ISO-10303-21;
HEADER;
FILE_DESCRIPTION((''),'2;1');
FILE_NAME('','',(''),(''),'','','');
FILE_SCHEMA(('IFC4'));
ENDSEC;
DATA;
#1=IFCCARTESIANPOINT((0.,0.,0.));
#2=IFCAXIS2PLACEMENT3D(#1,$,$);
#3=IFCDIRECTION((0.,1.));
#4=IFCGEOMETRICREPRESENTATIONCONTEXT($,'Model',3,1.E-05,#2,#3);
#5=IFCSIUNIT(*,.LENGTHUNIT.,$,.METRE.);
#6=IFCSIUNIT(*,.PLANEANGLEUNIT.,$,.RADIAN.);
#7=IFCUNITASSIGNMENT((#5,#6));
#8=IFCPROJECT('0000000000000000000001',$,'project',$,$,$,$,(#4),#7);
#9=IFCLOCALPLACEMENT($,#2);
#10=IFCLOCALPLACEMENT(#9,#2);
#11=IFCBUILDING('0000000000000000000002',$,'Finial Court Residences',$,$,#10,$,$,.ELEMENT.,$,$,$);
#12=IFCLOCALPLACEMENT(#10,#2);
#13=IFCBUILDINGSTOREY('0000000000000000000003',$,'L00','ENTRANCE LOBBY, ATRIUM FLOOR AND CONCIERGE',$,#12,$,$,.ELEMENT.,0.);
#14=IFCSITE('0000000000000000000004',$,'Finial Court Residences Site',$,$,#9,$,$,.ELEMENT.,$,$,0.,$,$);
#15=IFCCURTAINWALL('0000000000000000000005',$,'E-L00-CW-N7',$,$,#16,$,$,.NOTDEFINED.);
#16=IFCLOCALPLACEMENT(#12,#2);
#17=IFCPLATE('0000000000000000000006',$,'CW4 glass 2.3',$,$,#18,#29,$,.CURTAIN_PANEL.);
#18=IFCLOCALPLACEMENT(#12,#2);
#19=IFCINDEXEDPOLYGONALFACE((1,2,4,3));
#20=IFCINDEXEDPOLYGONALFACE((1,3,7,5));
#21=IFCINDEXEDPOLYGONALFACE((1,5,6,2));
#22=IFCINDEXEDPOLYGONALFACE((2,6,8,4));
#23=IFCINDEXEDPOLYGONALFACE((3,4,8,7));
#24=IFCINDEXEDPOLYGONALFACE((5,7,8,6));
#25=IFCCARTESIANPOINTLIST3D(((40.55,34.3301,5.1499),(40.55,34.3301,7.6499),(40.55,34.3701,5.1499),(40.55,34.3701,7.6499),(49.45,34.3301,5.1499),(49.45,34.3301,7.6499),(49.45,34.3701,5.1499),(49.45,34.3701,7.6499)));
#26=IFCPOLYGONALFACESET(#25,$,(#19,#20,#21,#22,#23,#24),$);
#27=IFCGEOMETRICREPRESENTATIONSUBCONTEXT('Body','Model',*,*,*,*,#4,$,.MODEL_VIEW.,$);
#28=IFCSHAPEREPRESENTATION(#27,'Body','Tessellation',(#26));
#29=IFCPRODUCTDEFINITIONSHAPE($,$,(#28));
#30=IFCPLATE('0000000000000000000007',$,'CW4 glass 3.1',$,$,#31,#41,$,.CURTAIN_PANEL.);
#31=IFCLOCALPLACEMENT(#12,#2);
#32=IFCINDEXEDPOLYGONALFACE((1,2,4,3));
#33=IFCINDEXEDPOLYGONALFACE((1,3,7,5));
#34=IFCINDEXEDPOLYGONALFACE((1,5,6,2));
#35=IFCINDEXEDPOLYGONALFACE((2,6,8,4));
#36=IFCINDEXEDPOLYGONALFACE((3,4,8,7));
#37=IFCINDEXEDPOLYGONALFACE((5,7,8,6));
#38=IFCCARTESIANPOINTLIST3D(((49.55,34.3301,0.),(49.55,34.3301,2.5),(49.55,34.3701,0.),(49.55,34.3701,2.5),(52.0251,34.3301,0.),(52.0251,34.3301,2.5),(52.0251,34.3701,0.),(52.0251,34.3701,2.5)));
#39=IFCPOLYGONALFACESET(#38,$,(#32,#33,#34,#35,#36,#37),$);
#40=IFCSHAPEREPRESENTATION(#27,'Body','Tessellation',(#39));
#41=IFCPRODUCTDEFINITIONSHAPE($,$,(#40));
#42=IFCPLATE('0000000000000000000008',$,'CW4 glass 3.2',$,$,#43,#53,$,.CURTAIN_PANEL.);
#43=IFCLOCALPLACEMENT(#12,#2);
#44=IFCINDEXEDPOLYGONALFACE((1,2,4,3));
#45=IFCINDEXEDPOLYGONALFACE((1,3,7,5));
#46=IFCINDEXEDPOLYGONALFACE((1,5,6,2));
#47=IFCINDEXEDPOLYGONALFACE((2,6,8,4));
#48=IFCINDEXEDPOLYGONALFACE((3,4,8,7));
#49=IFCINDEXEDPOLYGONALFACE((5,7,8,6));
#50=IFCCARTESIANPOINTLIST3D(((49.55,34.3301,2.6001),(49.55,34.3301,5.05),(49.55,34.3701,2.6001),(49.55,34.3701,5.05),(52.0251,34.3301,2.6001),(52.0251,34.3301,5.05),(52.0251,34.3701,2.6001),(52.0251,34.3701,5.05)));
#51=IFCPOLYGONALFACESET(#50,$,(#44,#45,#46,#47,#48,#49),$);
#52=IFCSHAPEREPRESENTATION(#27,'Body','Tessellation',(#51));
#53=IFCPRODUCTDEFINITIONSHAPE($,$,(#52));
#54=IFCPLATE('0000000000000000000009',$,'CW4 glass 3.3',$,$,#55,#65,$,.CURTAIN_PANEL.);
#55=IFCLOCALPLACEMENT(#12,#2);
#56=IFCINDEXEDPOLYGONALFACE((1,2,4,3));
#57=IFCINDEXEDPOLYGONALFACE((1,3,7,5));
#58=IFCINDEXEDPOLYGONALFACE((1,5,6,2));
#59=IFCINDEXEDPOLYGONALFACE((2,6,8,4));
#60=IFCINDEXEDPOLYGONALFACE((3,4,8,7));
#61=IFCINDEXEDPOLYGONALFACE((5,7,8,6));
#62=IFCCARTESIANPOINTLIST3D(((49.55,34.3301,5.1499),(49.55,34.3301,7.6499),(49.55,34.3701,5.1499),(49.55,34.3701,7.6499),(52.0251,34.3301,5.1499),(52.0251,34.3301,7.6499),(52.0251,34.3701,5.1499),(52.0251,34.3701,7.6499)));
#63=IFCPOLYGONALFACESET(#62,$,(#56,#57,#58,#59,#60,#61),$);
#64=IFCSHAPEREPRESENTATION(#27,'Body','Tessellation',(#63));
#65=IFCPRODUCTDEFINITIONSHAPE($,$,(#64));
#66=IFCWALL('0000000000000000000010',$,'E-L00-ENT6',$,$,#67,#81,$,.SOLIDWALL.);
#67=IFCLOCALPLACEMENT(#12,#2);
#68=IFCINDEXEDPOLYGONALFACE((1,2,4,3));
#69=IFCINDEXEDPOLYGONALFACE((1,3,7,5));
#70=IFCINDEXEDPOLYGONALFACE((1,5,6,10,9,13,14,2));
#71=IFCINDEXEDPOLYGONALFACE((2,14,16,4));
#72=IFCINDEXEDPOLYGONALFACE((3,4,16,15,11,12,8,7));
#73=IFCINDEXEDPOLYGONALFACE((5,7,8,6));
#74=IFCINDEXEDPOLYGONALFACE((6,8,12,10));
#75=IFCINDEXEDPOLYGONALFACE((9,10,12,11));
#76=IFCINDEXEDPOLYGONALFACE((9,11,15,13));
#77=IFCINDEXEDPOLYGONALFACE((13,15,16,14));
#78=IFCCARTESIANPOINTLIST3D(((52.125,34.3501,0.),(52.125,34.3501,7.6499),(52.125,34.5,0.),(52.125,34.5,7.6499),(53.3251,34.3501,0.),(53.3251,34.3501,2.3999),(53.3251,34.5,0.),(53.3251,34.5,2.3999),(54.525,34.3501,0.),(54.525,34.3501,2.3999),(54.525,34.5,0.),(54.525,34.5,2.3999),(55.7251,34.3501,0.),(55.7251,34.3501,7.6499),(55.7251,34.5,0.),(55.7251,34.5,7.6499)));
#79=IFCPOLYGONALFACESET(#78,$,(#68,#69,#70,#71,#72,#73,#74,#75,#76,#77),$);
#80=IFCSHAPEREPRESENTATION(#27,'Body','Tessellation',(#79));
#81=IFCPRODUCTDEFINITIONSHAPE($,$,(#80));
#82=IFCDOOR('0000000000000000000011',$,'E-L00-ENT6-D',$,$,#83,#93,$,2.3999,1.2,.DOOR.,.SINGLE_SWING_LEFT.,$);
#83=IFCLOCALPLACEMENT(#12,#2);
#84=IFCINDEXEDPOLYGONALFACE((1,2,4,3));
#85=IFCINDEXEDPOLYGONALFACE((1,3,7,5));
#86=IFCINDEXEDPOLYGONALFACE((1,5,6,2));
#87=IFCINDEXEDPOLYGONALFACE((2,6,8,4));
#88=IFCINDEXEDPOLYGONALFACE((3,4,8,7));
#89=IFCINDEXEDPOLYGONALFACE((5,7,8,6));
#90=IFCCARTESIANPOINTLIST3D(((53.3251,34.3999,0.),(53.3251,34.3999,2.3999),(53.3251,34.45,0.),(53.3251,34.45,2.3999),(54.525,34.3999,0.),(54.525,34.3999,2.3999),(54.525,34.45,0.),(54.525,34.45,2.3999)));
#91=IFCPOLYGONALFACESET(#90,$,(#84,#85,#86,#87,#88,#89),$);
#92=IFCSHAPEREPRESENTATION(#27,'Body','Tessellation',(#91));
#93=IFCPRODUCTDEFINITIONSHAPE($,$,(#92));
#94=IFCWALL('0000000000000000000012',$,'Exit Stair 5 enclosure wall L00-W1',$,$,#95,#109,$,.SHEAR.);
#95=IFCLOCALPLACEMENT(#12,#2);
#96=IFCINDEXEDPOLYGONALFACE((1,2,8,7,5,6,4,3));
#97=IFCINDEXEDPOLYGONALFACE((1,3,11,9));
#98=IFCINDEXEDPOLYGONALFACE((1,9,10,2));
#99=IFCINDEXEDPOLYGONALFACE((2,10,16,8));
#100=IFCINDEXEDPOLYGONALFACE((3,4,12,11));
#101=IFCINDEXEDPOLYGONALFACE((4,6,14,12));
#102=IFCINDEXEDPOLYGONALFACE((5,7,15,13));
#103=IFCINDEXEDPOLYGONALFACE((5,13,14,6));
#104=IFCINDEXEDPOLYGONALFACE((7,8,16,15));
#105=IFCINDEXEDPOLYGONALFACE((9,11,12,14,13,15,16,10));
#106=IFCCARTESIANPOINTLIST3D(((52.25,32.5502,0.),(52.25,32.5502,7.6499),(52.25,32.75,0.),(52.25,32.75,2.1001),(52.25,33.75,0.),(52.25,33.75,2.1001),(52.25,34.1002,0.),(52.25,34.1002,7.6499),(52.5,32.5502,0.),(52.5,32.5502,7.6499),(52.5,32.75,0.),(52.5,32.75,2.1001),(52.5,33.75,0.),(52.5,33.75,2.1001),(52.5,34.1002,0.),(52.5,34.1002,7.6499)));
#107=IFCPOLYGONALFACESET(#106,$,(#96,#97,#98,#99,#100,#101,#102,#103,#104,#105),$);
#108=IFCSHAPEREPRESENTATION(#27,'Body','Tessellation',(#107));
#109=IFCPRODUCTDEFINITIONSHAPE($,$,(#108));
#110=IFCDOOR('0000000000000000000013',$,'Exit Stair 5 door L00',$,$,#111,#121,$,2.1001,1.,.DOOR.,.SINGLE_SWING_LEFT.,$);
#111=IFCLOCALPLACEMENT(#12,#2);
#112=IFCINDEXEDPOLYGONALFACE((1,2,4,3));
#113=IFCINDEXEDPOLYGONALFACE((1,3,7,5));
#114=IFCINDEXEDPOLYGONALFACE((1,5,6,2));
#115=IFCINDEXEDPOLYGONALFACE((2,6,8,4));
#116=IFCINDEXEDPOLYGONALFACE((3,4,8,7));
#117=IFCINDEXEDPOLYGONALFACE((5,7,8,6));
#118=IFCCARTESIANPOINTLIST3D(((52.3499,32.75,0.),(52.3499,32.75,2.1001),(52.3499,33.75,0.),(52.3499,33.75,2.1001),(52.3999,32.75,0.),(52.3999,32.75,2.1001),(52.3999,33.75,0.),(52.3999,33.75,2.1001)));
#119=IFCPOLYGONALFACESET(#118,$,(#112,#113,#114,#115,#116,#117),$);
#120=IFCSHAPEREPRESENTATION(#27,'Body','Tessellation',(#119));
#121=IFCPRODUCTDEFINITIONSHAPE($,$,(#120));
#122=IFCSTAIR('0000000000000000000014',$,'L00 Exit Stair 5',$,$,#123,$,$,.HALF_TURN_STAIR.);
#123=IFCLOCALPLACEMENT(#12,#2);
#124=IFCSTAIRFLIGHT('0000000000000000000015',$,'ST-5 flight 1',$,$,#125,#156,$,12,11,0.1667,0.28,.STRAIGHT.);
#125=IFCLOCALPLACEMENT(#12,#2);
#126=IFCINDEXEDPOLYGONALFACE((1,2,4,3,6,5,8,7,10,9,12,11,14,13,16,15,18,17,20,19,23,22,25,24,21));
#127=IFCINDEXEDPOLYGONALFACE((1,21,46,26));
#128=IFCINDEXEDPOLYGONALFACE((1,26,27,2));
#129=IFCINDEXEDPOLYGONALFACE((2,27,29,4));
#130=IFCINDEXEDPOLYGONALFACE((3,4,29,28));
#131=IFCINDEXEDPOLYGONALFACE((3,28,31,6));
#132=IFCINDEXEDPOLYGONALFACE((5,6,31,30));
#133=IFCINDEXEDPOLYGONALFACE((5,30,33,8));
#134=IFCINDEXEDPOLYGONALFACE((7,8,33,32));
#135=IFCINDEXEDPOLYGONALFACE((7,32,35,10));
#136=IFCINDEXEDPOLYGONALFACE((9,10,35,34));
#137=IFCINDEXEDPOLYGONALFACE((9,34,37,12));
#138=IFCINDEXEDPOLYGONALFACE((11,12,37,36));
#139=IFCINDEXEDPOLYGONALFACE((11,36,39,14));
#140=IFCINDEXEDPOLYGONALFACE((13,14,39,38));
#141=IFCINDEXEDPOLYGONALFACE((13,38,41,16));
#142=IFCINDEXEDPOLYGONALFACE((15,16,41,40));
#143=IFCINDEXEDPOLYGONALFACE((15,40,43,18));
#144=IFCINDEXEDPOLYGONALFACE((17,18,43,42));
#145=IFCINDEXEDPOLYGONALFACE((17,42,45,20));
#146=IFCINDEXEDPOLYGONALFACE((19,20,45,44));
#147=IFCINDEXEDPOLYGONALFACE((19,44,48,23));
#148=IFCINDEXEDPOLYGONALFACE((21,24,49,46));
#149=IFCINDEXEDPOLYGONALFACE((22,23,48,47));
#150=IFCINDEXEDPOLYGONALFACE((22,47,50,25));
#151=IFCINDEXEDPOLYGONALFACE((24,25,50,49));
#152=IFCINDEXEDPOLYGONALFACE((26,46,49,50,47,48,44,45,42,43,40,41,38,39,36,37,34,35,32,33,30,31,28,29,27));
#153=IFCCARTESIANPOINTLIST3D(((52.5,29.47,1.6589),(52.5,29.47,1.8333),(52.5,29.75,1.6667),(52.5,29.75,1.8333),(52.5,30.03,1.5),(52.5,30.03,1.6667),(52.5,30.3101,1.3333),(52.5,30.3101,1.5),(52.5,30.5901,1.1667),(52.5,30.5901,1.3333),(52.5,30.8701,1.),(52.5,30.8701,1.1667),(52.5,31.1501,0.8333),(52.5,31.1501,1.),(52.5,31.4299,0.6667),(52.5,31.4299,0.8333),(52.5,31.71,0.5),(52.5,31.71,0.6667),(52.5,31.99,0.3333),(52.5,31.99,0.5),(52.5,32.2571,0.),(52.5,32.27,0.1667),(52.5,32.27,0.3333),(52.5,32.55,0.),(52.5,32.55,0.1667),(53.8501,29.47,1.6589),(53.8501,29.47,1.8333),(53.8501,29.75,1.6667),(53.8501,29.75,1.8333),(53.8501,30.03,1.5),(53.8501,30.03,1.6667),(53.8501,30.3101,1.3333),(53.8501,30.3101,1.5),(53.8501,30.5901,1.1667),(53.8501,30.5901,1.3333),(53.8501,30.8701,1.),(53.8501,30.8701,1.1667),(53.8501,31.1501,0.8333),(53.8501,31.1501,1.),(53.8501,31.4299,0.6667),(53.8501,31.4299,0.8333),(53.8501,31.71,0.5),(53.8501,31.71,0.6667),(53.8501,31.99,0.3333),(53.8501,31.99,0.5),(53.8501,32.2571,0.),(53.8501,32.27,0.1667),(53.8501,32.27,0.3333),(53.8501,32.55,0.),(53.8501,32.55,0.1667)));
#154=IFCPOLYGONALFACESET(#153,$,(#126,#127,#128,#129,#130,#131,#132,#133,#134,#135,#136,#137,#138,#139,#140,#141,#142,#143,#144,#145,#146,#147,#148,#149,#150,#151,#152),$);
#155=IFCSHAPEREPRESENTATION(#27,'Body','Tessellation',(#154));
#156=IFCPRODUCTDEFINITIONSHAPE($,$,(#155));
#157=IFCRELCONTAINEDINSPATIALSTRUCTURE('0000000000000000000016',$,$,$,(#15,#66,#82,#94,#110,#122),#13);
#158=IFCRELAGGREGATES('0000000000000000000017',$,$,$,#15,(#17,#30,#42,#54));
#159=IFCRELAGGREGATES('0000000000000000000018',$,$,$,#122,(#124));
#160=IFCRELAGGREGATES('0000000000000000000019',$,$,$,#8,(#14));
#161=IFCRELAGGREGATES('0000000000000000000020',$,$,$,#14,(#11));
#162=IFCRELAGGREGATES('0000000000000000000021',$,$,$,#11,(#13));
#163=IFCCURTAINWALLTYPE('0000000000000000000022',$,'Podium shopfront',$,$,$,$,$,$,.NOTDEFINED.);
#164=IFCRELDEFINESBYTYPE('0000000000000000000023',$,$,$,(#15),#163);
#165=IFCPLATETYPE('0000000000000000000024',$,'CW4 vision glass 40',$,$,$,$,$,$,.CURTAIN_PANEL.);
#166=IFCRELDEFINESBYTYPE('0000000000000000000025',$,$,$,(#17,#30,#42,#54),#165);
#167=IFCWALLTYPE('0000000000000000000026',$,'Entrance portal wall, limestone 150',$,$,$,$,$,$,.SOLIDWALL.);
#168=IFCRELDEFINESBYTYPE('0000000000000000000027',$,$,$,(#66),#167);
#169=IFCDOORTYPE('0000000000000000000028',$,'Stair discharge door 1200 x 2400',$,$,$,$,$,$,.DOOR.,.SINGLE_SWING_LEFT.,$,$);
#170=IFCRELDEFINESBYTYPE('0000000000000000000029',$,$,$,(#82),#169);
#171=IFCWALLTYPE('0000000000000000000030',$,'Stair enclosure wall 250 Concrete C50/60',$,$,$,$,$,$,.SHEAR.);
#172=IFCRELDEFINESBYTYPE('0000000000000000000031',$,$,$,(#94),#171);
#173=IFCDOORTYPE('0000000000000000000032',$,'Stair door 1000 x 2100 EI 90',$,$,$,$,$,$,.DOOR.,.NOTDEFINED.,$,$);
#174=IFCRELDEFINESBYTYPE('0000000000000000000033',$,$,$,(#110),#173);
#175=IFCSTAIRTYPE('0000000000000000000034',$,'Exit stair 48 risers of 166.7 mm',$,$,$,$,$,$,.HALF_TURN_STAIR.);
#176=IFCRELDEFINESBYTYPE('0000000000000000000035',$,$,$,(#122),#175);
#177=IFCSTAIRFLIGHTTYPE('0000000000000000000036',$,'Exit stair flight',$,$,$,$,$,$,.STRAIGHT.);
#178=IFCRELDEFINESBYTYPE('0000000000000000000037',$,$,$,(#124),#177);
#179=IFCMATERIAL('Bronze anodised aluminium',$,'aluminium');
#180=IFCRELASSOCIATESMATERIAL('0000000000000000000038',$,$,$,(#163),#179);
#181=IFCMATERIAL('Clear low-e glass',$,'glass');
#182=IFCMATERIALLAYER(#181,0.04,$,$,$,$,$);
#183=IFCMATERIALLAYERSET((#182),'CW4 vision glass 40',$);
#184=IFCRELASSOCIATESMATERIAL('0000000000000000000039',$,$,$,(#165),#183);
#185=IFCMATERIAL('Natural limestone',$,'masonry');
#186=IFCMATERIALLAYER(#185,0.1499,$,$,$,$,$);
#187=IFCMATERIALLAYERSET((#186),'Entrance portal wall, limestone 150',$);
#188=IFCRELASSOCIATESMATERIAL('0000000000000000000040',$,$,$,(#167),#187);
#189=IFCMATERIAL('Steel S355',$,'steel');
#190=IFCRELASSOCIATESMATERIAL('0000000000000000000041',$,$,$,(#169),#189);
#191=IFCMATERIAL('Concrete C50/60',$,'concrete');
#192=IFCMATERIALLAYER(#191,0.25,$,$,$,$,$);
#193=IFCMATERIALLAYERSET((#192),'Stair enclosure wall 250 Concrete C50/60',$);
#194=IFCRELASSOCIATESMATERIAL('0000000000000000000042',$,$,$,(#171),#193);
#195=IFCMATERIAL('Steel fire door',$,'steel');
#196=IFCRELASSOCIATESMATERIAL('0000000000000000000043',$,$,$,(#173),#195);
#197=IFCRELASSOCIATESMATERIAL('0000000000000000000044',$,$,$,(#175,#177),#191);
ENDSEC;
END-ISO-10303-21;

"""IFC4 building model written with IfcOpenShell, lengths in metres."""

from ifc_helpers import new_model, si_unit, direction, frame, frame_2d, origin, origin_2d, place, context, subcontext, project, spatial, polyline, rectangle, outline, extrude, material, layer, layer_set, type_object, element, fill, aggregate, save


model = new_model("IFC4")

# Units and contexts
model_context = context("Model", 3, precision=1e-05, world=origin(), true_north=direction((0.0, 1.0)))
body_context = subcontext(model_context, "Body", "Model", "MODEL_VIEW")
ifc_project = project(units=[si_unit("LENGTHUNIT", "METRE"), si_unit("PLANEANGLEUNIT", "RADIAN")], contexts=[model_context])

# Site, building, storey
site_placement = place(None, origin())
site = spatial("IfcSite", under=ifc_project, at=site_placement, Name="Finial Court Residences Site", CompositionType="ELEMENT", RefElevation=0.0)
building_placement = place(site_placement, origin())
building = spatial("IfcBuilding", under=site, at=building_placement, Name="Finial Court Residences", CompositionType="ELEMENT")
storey_placement = place(building_placement, origin())
storey = spatial("IfcBuildingStorey", under=building, at=storey_placement, Name="L00", Description="ENTRANCE LOBBY, ATRIUM FLOOR AND CONCIERGE", CompositionType="ELEMENT", Elevation=0.0)

# Curtain wall, plates
ifc_material_1 = material(Name="Bronze anodised aluminium", Category="aluminium")
curtain_wall_type = type_object("IfcCurtainWallType", Name="Podium shopfront", PredefinedType="NOTDEFINED", material=ifc_material_1)
curtain_wall_placement = place(storey_placement, origin())
curtain_wall = element("IfcCurtainWall", 1, at=curtain_wall_placement, inside=storey, type_object=curtain_wall_type, Name="E-L00-CW-N7", PredefinedType="NOTDEFINED")
ifc_material_2 = material(Name="Clear low-e glass", Category="glass")
ifc_layer_1 = layer(ifc_material_2, 0.04)
ifc_layer_set_1 = layer_set([ifc_layer_1], Name="CW4 vision glass 40")
plate_type = type_object("IfcPlateType", Name="CW4 vision glass 40", PredefinedType="CURTAIN_PANEL", material=ifc_layer_set_1)
plate_1_placement = place(storey_placement, frame((45.0, 34.3501, 5.1499), z_axis=(0.0, 0.0, 1.0), x_axis=(1.0, 0.0, 0.0)))
plate_1 = element("IfcPlate", 2, at=plate_1_placement, type_object=plate_type, Name="CW4 glass 2.3", PredefinedType="CURTAIN_PANEL", context=body_context, shape_type="SweptSolid", body=[
    extrude(rectangle(XDim=8.8999, YDim=0.04, at=origin_2d()), origin(), (0.0, 0.0, 1.0), 2.5),
])
plate_2_placement = place(storey_placement, frame((50.7876, 34.3501, 0.0), z_axis=(0.0, 0.0, 1.0), x_axis=(1.0, 0.0, 0.0)))
plate_2 = element("IfcPlate", 3, at=plate_2_placement, type_object=plate_type, Name="CW4 glass 3.1", PredefinedType="CURTAIN_PANEL", context=body_context, shape_type="SweptSolid", body=[
    extrude(rectangle(XDim=2.4751, YDim=0.04, at=origin_2d()), origin(), (0.0, 0.0, 1.0), 2.5),
])
plate_3_placement = place(storey_placement, frame((50.7876, 34.3501, 2.6001), z_axis=(0.0, 0.0, 1.0), x_axis=(1.0, 0.0, 0.0)))
plate_3 = element("IfcPlate", 4, at=plate_3_placement, type_object=plate_type, Name="CW4 glass 3.2", PredefinedType="CURTAIN_PANEL", context=body_context, shape_type="SweptSolid", body=[
    extrude(rectangle(XDim=2.4751, YDim=0.04, at=origin_2d()), origin(), (0.0, 0.0, 1.0), 2.45),
])
plate_4_placement = place(storey_placement, frame((50.7876, 34.3501, 5.1499), z_axis=(0.0, 0.0, 1.0), x_axis=(1.0, 0.0, 0.0)))
plate_4 = element("IfcPlate", 5, at=plate_4_placement, type_object=plate_type, Name="CW4 glass 3.3", PredefinedType="CURTAIN_PANEL", context=body_context, shape_type="SweptSolid", body=[
    extrude(rectangle(XDim=2.4751, YDim=0.04, at=origin_2d()), origin(), (0.0, 0.0, 1.0), 2.5),
])
aggregate(curtain_wall, [plate_1, plate_2, plate_3, plate_4])

# Walls, openings, doors
ifc_material_3 = material(Name="Natural limestone", Category="masonry")
ifc_layer_2 = layer(ifc_material_3, 0.1499)
ifc_layer_set_2 = layer_set([ifc_layer_2], Name="Entrance portal wall, limestone 150")
wall_type_1 = type_object("IfcWallType", Name="Entrance portal wall, limestone 150", PredefinedType="SOLIDWALL", material=ifc_layer_set_2)
wall_1_placement = place(storey_placement, frame((52.125, 34.425, 0.0), z_axis=(0.0, 0.0, 1.0), x_axis=(1.0, 0.0, 0.0)))
wall_1 = element("IfcWall", 6, at=wall_1_placement, inside=storey, type_object=wall_type_1, Name="E-L00-ENT6", PredefinedType="SOLIDWALL", context=body_context, shape_type="SweptSolid", body=[
    extrude(rectangle(XDim=3.6001, YDim=0.1499, at=frame_2d((1.8, 0.0))), origin(), (0.0, 0.0, 1.0), 7.6499),
])
opening_1_placement = place(wall_1_placement, frame((1.2, 0.0, 0.0)))
opening_1 = element("IfcOpeningElement", 7, at=opening_1_placement, cuts=wall_1, PredefinedType="OPENING", context=body_context, shape_type="SweptSolid", body=[
    extrude(rectangle(XDim=1.2, YDim=2.3999, at=frame_2d((0.6001, 1.2))), frame((0.0, 0.085, 0.0), z_axis=(0.0, -1.0, 0.0), x_axis=(1.0, 0.0, 0.0)), (0.0, 0.0, 1.0), 0.1699),
])
ifc_material_4 = material(Name="Steel S355", Category="steel")
door_type_1 = type_object("IfcDoorType", Name="Stair discharge door 1200 x 2400", OperationType="SINGLE_SWING_LEFT", PredefinedType="DOOR", material=ifc_material_4)
door_1_placement = place(opening_1_placement, origin())
door_1 = element("IfcDoor", 8, at=door_1_placement, inside=storey, type_object=door_type_1, Name="E-L00-ENT6-D", OperationType="SINGLE_SWING_LEFT", OverallHeight=2.3999, OverallWidth=1.2, PredefinedType="DOOR", context=body_context, shape_type="SweptSolid", body=[
    extrude(rectangle(XDim=1.2, YDim=2.3999, at=frame_2d((0.6001, 1.2))), frame((0.0, 0.0249, 0.0), z_axis=(0.0, -1.0, 0.0), x_axis=(1.0, 0.0, 0.0)), (0.0, 0.0, 1.0), 0.05),
])
fill(opening_1, door_1)
ifc_material_5 = material(Name="Concrete C50/60", Category="concrete")
ifc_layer_3 = layer(ifc_material_5, 0.25)
ifc_layer_set_3 = layer_set([ifc_layer_3], Name="Stair enclosure wall 250 Concrete C50/60")
wall_type_2 = type_object("IfcWallType", Name="Stair enclosure wall 250 Concrete C50/60", PredefinedType="SHEAR", material=ifc_layer_set_3)
wall_2_placement = place(storey_placement, frame((52.375, 34.1001, 0.0), z_axis=(0.0, 0.0, 1.0), x_axis=(0.0, -1.0, 0.0)))
wall_2 = element("IfcWall", 9, at=wall_2_placement, inside=storey, type_object=wall_type_2, Name="Exit Stair 5 enclosure wall L00-W1", PredefinedType="SHEAR", context=body_context, shape_type="SweptSolid", body=[
    extrude(rectangle(XDim=1.55, YDim=0.25, at=frame_2d((0.7749, 0.0))), origin(), (0.0, 0.0, 1.0), 7.6499),
])
opening_2_placement = place(wall_2_placement, frame((0.3501, 0.0, 0.0)))
opening_2 = element("IfcOpeningElement", 10, at=opening_2_placement, cuts=wall_2, PredefinedType="OPENING", context=body_context, shape_type="SweptSolid", body=[
    extrude(rectangle(XDim=1.0, YDim=2.1001, at=frame_2d((0.5, 1.05))), frame((0.0, 0.135, 0.0), z_axis=(0.0, -1.0, 0.0), x_axis=(1.0, 0.0, 0.0)), (0.0, 0.0, 1.0), 0.27),
])
ifc_material_6 = material(Name="Steel fire door", Category="steel")
door_type_2 = type_object("IfcDoorType", Name="Stair door 1000 x 2100 EI 90", OperationType="NOTDEFINED", PredefinedType="DOOR", material=ifc_material_6)
door_2_placement = place(opening_2_placement, origin())
door_2 = element("IfcDoor", 11, at=door_2_placement, inside=storey, type_object=door_type_2, Name="Exit Stair 5 door L00", OperationType="SINGLE_SWING_LEFT", OverallHeight=2.1001, OverallWidth=1.0, PredefinedType="DOOR", context=body_context, shape_type="SweptSolid", body=[
    extrude(rectangle(XDim=1.0, YDim=2.1001, at=frame_2d((0.5, 1.05))), frame((0.0, 0.0249, 0.0), z_axis=(0.0, -1.0, 0.0), x_axis=(1.0, 0.0, 0.0)), (0.0, 0.0, 1.0), 0.05),
])
fill(opening_2, door_2)

# Stair, stair flight
stair_type = type_object("IfcStairType", Name="Exit stair 48 risers of 166.7 mm", PredefinedType="HALF_TURN_STAIR", material=ifc_material_5)
stair_placement = place(storey_placement, origin())
stair = element("IfcStair", 12, at=stair_placement, inside=storey, type_object=stair_type, Name="L00 Exit Stair 5", PredefinedType="HALF_TURN_STAIR")
stair_flight_type = type_object("IfcStairFlightType", Name="Exit stair flight", PredefinedType="STRAIGHT", material=ifc_material_5)
stair_flight_1_placement = place(storey_placement, frame((53.175, 32.55, 0.0), z_axis=(0.0, 0.0, 1.0), x_axis=(0.0, -1.0, 0.0)))
stair_flight_1 = element("IfcStairFlight", 13, at=stair_flight_1_placement, type_object=stair_flight_type, Name="ST-5 flight 1", NumberOfRisers=12, NumberOfTreads=11, PredefinedType="STRAIGHT", RiserHeight=0.1667, TreadLength=0.28, context=body_context, shape_type="SweptSolid", body=[
    extrude(outline(polyline([(0.0, 0.0), (0.0, 0.1667), (0.28, 0.1667), (0.28, 0.3333), (0.5601, 0.3333), (0.5601, 0.5), (0.8401, 0.5), (0.8401, 0.6667), (1.1201, 0.6667), (1.1201, 0.8333), (1.3999, 0.8333), (1.3999, 1.0), (1.6799, 1.0), (1.6799, 1.1667), (1.96, 1.1667), (1.96, 1.3333), (2.24, 1.3333), (2.24, 1.5), (2.52, 1.5), (2.52, 1.6667), (2.8, 1.6667), (2.8, 1.8333), (3.0801, 1.8333), (3.0801, 2.0), (3.0801, 1.6589), (0.293, 0.0), (0.0, 0.0)])), frame((0.0, 0.675, 0.0), z_axis=(0.0, -1.0, 0.0), x_axis=(1.0, 0.0, 0.0)), (0.0, 0.0, 1.0), 1.3501),
])
aggregate(stair, [stair_flight_1])

save(model, "model.ifc")
